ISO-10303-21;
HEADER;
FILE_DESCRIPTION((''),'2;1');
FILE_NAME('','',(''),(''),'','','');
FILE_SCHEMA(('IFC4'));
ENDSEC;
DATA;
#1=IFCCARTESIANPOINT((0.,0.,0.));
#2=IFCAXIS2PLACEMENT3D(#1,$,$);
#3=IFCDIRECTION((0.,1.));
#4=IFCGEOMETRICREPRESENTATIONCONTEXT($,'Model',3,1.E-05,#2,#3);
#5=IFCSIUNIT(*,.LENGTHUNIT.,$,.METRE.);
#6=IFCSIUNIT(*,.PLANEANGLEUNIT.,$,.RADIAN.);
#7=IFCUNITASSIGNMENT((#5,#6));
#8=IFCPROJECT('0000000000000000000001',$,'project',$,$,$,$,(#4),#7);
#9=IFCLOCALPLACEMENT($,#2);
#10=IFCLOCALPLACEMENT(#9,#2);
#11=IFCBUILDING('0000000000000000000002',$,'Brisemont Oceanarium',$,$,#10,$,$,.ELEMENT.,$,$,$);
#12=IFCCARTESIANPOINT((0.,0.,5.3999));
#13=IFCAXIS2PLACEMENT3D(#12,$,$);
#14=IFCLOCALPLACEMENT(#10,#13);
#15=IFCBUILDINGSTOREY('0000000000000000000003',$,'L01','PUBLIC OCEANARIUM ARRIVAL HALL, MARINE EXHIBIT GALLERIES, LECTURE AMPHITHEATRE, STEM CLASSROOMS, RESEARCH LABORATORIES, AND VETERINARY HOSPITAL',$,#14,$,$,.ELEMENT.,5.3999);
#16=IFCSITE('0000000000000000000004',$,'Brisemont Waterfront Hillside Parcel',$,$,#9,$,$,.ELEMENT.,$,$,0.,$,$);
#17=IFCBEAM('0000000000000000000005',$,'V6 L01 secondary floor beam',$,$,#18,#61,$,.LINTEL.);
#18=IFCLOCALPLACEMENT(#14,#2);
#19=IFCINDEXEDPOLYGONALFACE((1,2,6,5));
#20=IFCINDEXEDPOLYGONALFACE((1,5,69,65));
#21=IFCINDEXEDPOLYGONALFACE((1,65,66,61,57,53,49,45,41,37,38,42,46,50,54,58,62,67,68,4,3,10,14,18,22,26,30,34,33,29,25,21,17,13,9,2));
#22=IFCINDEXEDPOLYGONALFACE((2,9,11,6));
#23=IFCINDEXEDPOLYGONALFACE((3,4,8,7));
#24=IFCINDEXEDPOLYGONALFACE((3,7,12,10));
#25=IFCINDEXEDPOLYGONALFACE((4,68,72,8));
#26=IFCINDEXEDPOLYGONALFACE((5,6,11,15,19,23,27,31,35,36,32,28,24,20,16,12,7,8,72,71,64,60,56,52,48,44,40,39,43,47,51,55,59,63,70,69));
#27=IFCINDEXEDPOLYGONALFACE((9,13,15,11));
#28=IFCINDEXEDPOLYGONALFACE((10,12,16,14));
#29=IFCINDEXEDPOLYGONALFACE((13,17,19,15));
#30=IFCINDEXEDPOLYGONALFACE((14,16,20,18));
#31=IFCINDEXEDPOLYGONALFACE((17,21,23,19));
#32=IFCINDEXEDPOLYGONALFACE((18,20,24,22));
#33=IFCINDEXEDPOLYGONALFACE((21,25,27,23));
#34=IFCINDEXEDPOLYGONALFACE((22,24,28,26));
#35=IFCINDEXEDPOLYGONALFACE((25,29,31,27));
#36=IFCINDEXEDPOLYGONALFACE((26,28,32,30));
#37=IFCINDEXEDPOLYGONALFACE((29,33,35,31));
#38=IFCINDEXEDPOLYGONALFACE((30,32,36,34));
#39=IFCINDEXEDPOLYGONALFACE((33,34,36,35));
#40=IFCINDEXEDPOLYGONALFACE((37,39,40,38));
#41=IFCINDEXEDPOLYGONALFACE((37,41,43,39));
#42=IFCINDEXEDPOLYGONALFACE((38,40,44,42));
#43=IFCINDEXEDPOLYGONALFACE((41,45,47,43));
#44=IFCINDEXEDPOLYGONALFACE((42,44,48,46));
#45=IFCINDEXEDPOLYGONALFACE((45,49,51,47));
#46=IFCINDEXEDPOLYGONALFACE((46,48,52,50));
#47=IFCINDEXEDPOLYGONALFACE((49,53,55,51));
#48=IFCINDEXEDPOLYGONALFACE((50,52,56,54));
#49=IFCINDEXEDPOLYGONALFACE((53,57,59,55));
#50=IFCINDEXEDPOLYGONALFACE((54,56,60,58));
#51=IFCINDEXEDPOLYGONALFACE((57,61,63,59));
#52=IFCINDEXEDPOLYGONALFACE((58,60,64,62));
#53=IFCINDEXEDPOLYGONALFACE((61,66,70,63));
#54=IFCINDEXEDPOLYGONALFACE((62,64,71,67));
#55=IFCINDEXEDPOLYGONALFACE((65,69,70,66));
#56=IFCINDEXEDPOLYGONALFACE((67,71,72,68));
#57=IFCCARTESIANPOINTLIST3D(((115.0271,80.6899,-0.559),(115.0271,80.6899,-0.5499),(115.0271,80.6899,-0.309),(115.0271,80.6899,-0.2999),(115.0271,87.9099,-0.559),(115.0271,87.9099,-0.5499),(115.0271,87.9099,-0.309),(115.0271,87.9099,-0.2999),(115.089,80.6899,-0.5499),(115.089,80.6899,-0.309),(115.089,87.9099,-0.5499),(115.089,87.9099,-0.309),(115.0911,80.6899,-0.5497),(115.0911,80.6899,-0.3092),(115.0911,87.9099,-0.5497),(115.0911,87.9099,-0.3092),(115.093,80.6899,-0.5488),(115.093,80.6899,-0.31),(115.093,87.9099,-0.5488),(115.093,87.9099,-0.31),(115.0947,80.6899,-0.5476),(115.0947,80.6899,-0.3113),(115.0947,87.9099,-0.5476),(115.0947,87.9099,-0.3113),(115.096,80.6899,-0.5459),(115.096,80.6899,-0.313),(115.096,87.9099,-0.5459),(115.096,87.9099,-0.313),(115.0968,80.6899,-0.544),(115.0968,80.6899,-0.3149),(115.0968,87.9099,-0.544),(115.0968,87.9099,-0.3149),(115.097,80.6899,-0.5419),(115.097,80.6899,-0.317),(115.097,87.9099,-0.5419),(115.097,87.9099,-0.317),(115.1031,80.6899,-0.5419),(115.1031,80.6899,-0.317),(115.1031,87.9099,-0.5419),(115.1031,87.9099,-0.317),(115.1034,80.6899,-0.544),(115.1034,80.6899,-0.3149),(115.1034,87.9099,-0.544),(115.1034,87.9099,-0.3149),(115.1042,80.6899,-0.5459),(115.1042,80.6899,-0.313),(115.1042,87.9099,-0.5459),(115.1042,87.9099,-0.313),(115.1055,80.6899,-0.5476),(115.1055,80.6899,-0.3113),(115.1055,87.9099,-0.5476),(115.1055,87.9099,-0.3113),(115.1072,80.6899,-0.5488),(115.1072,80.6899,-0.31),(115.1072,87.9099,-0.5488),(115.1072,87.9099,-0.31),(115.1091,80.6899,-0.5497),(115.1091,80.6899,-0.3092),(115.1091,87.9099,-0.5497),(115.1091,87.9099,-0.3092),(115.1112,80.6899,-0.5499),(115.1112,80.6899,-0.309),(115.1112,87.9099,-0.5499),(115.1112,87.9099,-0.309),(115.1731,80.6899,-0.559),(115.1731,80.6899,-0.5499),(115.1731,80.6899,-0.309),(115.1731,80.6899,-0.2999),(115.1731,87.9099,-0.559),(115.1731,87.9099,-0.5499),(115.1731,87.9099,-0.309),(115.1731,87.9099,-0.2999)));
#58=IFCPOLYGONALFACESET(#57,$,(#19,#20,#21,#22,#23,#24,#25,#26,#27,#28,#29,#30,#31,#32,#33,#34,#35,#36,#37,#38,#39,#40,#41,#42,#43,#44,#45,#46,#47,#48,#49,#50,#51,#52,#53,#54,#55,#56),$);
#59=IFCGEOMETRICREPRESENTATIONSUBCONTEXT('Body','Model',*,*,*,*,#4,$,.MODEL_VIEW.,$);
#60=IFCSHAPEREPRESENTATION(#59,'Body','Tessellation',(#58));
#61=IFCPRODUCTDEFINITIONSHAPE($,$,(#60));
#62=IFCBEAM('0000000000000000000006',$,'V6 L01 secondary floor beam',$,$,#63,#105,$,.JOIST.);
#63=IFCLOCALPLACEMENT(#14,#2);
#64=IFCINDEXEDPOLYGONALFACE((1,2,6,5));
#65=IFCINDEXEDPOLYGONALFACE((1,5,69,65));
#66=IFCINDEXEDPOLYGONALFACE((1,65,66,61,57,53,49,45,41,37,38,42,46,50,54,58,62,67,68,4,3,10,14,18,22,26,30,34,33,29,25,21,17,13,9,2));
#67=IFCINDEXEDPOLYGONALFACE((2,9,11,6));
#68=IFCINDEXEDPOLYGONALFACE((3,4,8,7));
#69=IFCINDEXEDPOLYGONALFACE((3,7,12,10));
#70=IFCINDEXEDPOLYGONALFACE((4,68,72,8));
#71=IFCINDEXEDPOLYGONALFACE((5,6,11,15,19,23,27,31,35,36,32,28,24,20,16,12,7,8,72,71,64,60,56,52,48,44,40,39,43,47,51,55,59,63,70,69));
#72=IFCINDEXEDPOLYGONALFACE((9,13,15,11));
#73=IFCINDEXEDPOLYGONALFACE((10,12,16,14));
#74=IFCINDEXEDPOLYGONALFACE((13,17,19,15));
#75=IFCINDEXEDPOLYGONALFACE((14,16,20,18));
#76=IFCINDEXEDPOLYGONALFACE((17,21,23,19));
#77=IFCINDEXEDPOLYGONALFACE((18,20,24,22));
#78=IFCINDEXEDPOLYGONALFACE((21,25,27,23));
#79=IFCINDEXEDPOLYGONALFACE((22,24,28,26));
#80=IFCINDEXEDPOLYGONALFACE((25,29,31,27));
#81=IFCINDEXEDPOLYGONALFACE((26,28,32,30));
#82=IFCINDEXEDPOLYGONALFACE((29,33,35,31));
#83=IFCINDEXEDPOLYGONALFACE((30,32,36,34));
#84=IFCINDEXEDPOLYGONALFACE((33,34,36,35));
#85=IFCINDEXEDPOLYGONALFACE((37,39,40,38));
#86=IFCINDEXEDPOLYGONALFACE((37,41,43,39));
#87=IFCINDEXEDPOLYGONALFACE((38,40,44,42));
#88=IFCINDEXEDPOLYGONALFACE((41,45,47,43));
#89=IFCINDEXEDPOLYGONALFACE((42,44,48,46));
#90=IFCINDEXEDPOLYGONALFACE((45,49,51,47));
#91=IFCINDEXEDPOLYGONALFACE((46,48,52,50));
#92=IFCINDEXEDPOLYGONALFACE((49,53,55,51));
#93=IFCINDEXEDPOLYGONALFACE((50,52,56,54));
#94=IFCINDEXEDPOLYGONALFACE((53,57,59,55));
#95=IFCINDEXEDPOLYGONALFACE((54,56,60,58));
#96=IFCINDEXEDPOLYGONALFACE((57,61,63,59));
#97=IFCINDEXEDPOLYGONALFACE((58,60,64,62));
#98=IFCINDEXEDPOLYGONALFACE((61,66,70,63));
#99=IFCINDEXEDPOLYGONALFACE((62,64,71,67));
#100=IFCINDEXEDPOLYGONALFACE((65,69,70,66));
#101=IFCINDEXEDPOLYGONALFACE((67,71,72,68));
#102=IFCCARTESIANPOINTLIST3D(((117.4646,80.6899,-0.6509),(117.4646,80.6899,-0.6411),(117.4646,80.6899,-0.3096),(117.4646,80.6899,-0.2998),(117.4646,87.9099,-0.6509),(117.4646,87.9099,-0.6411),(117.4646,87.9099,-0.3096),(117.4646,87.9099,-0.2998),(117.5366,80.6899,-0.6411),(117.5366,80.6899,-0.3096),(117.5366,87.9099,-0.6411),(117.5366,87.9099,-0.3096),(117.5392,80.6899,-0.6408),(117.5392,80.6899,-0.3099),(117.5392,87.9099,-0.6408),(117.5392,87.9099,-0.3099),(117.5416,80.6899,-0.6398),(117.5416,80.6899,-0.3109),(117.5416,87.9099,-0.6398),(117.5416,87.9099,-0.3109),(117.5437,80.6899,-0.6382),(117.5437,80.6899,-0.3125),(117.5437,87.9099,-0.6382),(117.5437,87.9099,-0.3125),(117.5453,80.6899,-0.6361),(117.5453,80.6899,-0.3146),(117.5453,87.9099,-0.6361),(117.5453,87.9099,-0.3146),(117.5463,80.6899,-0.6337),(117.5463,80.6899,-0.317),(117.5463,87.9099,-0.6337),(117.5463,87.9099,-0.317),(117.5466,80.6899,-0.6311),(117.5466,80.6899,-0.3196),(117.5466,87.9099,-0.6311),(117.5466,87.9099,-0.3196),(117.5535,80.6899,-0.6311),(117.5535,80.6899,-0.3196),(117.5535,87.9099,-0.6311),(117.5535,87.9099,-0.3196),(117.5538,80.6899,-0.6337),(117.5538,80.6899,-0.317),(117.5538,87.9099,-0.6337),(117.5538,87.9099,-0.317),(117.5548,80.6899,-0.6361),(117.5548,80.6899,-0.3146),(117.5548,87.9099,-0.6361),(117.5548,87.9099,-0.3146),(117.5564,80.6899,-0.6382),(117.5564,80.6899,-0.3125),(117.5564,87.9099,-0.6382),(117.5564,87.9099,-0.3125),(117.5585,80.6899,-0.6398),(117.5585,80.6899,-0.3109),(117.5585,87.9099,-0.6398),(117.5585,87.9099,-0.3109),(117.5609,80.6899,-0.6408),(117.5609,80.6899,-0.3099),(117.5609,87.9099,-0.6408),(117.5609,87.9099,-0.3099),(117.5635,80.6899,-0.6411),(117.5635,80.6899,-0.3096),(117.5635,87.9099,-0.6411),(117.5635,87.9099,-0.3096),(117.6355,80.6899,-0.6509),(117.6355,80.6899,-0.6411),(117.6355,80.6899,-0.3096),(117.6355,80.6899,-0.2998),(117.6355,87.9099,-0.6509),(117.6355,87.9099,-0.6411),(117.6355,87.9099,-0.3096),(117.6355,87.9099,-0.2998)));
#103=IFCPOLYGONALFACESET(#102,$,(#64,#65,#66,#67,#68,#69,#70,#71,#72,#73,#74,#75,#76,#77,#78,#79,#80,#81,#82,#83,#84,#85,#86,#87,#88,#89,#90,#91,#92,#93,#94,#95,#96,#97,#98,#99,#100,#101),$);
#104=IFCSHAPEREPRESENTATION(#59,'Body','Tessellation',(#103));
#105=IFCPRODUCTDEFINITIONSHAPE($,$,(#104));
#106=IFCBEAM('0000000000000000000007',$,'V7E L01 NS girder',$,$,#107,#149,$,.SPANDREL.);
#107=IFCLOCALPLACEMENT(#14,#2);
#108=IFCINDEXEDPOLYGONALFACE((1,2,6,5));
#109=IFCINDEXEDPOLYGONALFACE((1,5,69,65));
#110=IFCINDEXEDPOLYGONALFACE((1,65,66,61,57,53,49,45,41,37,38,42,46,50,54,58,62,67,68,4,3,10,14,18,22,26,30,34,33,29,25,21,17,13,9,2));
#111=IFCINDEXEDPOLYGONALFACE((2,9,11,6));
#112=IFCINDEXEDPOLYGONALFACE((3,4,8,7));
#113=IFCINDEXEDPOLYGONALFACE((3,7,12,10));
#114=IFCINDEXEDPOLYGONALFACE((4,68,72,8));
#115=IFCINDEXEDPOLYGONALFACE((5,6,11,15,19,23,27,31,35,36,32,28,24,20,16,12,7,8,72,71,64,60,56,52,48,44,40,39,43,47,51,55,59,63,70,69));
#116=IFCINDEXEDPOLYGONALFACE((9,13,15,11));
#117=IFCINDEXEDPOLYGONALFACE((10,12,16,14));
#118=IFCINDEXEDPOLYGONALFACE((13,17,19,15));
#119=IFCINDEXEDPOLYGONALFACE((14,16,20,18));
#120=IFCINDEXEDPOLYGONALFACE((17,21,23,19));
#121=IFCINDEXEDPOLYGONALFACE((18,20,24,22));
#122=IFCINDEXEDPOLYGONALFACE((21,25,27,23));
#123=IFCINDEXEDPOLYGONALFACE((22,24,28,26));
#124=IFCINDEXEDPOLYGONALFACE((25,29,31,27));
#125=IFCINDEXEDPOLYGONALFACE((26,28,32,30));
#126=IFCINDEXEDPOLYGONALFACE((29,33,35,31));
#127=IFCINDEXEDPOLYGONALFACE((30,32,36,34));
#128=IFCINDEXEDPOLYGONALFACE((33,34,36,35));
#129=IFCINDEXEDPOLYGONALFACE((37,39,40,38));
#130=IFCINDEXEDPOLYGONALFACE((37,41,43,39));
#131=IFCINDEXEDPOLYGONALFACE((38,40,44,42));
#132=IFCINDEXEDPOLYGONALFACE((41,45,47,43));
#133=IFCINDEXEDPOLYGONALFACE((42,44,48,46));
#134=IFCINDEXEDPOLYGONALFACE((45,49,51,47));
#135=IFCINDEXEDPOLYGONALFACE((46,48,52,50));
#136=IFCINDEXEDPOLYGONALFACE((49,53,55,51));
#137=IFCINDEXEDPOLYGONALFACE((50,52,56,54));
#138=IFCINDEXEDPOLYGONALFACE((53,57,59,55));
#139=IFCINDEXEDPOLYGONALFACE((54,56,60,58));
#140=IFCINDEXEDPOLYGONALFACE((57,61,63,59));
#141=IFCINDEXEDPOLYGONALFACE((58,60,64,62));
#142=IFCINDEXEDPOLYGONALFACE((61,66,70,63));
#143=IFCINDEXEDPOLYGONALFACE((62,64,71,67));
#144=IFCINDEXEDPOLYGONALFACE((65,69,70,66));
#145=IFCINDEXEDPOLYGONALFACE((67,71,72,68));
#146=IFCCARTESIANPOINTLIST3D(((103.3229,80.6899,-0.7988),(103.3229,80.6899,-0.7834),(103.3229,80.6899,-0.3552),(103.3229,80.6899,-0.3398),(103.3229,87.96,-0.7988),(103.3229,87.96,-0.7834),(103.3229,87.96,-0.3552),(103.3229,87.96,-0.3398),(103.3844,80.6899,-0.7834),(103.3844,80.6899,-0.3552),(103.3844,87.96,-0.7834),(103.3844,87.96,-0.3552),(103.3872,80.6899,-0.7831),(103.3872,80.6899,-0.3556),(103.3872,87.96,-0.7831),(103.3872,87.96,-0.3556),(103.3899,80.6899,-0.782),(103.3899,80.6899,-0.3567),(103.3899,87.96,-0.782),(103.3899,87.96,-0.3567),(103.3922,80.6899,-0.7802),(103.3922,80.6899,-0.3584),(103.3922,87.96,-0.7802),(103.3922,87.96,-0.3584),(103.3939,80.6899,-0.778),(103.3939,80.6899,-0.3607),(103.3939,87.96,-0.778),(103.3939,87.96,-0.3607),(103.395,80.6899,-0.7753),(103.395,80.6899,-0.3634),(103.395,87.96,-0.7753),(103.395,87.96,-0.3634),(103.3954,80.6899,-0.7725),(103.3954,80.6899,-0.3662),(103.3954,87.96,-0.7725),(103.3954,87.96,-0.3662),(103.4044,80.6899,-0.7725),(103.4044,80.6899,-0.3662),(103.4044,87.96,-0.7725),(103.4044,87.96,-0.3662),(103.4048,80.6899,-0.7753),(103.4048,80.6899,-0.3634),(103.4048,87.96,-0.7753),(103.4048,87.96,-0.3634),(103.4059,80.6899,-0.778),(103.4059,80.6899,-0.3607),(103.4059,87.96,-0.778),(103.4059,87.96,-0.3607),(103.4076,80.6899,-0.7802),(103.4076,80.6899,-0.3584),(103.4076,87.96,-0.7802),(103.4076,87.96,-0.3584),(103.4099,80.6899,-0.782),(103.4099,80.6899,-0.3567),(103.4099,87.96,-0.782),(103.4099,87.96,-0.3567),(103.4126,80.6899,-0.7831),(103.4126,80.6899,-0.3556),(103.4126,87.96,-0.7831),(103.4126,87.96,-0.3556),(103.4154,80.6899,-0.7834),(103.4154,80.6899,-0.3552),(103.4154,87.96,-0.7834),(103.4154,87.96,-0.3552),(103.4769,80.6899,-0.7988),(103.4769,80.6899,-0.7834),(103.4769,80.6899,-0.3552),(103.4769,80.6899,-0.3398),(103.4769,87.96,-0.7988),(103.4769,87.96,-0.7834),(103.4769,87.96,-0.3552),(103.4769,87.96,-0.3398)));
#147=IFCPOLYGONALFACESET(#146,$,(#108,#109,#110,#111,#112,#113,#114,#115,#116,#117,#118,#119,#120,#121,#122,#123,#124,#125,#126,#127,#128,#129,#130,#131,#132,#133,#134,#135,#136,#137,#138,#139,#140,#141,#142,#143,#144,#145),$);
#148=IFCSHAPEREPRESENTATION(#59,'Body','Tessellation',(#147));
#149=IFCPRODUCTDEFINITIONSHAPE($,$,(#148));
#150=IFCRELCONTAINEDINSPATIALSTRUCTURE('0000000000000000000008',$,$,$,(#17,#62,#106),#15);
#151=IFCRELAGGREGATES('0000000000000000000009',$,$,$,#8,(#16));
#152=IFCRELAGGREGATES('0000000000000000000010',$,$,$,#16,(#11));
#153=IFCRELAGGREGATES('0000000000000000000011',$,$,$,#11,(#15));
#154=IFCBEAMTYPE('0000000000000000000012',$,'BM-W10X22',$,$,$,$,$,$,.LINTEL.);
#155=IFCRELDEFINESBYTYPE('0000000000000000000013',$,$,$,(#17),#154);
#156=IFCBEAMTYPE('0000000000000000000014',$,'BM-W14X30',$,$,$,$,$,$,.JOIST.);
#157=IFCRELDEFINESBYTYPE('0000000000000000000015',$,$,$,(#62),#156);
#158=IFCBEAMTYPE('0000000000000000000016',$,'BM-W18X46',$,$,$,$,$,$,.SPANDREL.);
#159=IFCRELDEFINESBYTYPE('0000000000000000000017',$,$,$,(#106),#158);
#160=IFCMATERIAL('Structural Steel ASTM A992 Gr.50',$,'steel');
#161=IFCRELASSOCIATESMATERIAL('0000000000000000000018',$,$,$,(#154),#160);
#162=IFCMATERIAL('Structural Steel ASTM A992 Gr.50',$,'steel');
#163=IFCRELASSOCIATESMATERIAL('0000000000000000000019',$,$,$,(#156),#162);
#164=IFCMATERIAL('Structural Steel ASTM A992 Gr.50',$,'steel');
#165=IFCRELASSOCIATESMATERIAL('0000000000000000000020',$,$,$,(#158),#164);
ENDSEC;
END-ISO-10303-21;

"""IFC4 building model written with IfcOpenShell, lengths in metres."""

from ifc_helpers import new_model, si_unit, direction, frame, origin, origin_2d, place, context, subcontext, project, spatial, i_section, extrude, material, material_profile, profile_set, type_object, element, save


model = new_model("IFC4")

# Units and contexts
model_context = context("Model", 3, precision=1e-05, world=origin(), true_north=direction((0.0, 1.0)))
body_context = subcontext(model_context, "Body", "Model", "MODEL_VIEW")
ifc_project = project(units=[si_unit("LENGTHUNIT", "METRE"), si_unit("PLANEANGLEUNIT", "RADIAN")], contexts=[model_context])

# Site, building, storey
site_placement = place(None, origin())
site = spatial("IfcSite", under=ifc_project, at=site_placement, Name="Brisemont Waterfront Hillside Parcel", CompositionType="ELEMENT", RefElevation=0.0)
building_placement = place(site_placement, origin())
building = spatial("IfcBuilding", under=site, at=building_placement, Name="Brisemont Oceanarium", CompositionType="ELEMENT")
storey_placement = place(building_placement, frame((0.0, 0.0, 5.3999)))
storey = spatial("IfcBuildingStorey", under=building, at=storey_placement, Name="L01", Description="PUBLIC OCEANARIUM ARRIVAL HALL, MARINE EXHIBIT GALLERIES, LECTURE AMPHITHEATRE, STEM CLASSROOMS, RESEARCH LABORATORIES, AND VETERINARY HOSPITAL", CompositionType="ELEMENT", Elevation=5.3999)

# Beams
ifc_material_1 = material(Name="Structural Steel ASTM A992 Gr.50", Category="steel")
ifc_material_profile_1 = material_profile(ifc_material_1, i_section(OverallWidth=0.146, OverallDepth=0.259, WebThickness=0.0061, FlangeThickness=0.009, FilletRadius=0.0081, at=origin_2d()), Name="W10X22")
ifc_profile_set_1 = profile_set([ifc_material_profile_1], Name="Structural Steel ASTM A992 Gr.50")
beam_type_1 = type_object("IfcBeamType", Name="BM-W10X22", PredefinedType="LINTEL", material=ifc_profile_set_1)
beam_1_placement = place(storey_placement, frame((115.1001, 80.6899, -0.4294), z_axis=(0.0, 1.0, 0.0), x_axis=(-1.0, 0.0, 0.0)))
element("IfcBeam", 1, at=beam_1_placement, inside=storey, type_object=beam_type_1, Name="V6 L01 secondary floor beam", PredefinedType="LINTEL", context=body_context, shape_type="SweptSolid", body=[
    extrude(i_section(OverallWidth=0.146, OverallDepth=0.259, WebThickness=0.0061, FlangeThickness=0.009, FilletRadius=0.0081, at=origin_2d()), origin(), (0.0, 0.0, 1.0), 7.22),
])
ifc_material_2 = material(Name="Structural Steel ASTM A992 Gr.50", Category="steel")
ifc_material_profile_2 = material_profile(ifc_material_2, i_section(OverallWidth=0.1709, OverallDepth=0.3511, WebThickness=0.0068, FlangeThickness=0.0098, FilletRadius=0.01, at=origin_2d()), Name="W14X30")
ifc_profile_set_2 = profile_set([ifc_material_profile_2], Name="Structural Steel ASTM A992 Gr.50")
beam_type_2 = type_object("IfcBeamType", Name="BM-W14X30", PredefinedType="JOIST", material=ifc_profile_set_2)
beam_2_placement = place(storey_placement, frame((117.55, 80.6899, -0.4753), z_axis=(0.0, 1.0, 0.0), x_axis=(-1.0, 0.0, 0.0)))
element("IfcBeam", 2, at=beam_2_placement, inside=storey, type_object=beam_type_2, Name="V6 L01 secondary floor beam", PredefinedType="JOIST", context=body_context, shape_type="SweptSolid", body=[
    extrude(i_section(OverallWidth=0.1709, OverallDepth=0.3511, WebThickness=0.0068, FlangeThickness=0.0098, FilletRadius=0.01, at=origin_2d()), origin(), (0.0, 0.0, 1.0), 7.22),
])
ifc_material_3 = material(Name="Structural Steel ASTM A992 Gr.50", Category="steel")
ifc_material_profile_3 = material_profile(ifc_material_3, i_section(OverallWidth=0.1541, OverallDepth=0.459, WebThickness=0.009, FlangeThickness=0.0154, FilletRadius=0.011, at=origin_2d()), Name="W18X46")
ifc_profile_set_3 = profile_set([ifc_material_profile_3], Name="Structural Steel ASTM A992 Gr.50")
beam_type_3 = type_object("IfcBeamType", Name="BM-W18X46", PredefinedType="SPANDREL", material=ifc_profile_set_3)
beam_3_placement = place(storey_placement, frame((103.3999, 80.6899, -0.5693), z_axis=(0.0, 1.0, 0.0), x_axis=(-1.0, 0.0, 0.0)))
element("IfcBeam", 3, at=beam_3_placement, inside=storey, type_object=beam_type_3, Name="V7E L01 NS girder", PredefinedType="SPANDREL", context=body_context, shape_type="SweptSolid", body=[
    extrude(i_section(OverallWidth=0.1541, OverallDepth=0.459, WebThickness=0.009, FlangeThickness=0.0154, FilletRadius=0.011, at=origin_2d()), origin(), (0.0, 0.0, 1.0), 7.27),
])

save(model, "model.ifc")
